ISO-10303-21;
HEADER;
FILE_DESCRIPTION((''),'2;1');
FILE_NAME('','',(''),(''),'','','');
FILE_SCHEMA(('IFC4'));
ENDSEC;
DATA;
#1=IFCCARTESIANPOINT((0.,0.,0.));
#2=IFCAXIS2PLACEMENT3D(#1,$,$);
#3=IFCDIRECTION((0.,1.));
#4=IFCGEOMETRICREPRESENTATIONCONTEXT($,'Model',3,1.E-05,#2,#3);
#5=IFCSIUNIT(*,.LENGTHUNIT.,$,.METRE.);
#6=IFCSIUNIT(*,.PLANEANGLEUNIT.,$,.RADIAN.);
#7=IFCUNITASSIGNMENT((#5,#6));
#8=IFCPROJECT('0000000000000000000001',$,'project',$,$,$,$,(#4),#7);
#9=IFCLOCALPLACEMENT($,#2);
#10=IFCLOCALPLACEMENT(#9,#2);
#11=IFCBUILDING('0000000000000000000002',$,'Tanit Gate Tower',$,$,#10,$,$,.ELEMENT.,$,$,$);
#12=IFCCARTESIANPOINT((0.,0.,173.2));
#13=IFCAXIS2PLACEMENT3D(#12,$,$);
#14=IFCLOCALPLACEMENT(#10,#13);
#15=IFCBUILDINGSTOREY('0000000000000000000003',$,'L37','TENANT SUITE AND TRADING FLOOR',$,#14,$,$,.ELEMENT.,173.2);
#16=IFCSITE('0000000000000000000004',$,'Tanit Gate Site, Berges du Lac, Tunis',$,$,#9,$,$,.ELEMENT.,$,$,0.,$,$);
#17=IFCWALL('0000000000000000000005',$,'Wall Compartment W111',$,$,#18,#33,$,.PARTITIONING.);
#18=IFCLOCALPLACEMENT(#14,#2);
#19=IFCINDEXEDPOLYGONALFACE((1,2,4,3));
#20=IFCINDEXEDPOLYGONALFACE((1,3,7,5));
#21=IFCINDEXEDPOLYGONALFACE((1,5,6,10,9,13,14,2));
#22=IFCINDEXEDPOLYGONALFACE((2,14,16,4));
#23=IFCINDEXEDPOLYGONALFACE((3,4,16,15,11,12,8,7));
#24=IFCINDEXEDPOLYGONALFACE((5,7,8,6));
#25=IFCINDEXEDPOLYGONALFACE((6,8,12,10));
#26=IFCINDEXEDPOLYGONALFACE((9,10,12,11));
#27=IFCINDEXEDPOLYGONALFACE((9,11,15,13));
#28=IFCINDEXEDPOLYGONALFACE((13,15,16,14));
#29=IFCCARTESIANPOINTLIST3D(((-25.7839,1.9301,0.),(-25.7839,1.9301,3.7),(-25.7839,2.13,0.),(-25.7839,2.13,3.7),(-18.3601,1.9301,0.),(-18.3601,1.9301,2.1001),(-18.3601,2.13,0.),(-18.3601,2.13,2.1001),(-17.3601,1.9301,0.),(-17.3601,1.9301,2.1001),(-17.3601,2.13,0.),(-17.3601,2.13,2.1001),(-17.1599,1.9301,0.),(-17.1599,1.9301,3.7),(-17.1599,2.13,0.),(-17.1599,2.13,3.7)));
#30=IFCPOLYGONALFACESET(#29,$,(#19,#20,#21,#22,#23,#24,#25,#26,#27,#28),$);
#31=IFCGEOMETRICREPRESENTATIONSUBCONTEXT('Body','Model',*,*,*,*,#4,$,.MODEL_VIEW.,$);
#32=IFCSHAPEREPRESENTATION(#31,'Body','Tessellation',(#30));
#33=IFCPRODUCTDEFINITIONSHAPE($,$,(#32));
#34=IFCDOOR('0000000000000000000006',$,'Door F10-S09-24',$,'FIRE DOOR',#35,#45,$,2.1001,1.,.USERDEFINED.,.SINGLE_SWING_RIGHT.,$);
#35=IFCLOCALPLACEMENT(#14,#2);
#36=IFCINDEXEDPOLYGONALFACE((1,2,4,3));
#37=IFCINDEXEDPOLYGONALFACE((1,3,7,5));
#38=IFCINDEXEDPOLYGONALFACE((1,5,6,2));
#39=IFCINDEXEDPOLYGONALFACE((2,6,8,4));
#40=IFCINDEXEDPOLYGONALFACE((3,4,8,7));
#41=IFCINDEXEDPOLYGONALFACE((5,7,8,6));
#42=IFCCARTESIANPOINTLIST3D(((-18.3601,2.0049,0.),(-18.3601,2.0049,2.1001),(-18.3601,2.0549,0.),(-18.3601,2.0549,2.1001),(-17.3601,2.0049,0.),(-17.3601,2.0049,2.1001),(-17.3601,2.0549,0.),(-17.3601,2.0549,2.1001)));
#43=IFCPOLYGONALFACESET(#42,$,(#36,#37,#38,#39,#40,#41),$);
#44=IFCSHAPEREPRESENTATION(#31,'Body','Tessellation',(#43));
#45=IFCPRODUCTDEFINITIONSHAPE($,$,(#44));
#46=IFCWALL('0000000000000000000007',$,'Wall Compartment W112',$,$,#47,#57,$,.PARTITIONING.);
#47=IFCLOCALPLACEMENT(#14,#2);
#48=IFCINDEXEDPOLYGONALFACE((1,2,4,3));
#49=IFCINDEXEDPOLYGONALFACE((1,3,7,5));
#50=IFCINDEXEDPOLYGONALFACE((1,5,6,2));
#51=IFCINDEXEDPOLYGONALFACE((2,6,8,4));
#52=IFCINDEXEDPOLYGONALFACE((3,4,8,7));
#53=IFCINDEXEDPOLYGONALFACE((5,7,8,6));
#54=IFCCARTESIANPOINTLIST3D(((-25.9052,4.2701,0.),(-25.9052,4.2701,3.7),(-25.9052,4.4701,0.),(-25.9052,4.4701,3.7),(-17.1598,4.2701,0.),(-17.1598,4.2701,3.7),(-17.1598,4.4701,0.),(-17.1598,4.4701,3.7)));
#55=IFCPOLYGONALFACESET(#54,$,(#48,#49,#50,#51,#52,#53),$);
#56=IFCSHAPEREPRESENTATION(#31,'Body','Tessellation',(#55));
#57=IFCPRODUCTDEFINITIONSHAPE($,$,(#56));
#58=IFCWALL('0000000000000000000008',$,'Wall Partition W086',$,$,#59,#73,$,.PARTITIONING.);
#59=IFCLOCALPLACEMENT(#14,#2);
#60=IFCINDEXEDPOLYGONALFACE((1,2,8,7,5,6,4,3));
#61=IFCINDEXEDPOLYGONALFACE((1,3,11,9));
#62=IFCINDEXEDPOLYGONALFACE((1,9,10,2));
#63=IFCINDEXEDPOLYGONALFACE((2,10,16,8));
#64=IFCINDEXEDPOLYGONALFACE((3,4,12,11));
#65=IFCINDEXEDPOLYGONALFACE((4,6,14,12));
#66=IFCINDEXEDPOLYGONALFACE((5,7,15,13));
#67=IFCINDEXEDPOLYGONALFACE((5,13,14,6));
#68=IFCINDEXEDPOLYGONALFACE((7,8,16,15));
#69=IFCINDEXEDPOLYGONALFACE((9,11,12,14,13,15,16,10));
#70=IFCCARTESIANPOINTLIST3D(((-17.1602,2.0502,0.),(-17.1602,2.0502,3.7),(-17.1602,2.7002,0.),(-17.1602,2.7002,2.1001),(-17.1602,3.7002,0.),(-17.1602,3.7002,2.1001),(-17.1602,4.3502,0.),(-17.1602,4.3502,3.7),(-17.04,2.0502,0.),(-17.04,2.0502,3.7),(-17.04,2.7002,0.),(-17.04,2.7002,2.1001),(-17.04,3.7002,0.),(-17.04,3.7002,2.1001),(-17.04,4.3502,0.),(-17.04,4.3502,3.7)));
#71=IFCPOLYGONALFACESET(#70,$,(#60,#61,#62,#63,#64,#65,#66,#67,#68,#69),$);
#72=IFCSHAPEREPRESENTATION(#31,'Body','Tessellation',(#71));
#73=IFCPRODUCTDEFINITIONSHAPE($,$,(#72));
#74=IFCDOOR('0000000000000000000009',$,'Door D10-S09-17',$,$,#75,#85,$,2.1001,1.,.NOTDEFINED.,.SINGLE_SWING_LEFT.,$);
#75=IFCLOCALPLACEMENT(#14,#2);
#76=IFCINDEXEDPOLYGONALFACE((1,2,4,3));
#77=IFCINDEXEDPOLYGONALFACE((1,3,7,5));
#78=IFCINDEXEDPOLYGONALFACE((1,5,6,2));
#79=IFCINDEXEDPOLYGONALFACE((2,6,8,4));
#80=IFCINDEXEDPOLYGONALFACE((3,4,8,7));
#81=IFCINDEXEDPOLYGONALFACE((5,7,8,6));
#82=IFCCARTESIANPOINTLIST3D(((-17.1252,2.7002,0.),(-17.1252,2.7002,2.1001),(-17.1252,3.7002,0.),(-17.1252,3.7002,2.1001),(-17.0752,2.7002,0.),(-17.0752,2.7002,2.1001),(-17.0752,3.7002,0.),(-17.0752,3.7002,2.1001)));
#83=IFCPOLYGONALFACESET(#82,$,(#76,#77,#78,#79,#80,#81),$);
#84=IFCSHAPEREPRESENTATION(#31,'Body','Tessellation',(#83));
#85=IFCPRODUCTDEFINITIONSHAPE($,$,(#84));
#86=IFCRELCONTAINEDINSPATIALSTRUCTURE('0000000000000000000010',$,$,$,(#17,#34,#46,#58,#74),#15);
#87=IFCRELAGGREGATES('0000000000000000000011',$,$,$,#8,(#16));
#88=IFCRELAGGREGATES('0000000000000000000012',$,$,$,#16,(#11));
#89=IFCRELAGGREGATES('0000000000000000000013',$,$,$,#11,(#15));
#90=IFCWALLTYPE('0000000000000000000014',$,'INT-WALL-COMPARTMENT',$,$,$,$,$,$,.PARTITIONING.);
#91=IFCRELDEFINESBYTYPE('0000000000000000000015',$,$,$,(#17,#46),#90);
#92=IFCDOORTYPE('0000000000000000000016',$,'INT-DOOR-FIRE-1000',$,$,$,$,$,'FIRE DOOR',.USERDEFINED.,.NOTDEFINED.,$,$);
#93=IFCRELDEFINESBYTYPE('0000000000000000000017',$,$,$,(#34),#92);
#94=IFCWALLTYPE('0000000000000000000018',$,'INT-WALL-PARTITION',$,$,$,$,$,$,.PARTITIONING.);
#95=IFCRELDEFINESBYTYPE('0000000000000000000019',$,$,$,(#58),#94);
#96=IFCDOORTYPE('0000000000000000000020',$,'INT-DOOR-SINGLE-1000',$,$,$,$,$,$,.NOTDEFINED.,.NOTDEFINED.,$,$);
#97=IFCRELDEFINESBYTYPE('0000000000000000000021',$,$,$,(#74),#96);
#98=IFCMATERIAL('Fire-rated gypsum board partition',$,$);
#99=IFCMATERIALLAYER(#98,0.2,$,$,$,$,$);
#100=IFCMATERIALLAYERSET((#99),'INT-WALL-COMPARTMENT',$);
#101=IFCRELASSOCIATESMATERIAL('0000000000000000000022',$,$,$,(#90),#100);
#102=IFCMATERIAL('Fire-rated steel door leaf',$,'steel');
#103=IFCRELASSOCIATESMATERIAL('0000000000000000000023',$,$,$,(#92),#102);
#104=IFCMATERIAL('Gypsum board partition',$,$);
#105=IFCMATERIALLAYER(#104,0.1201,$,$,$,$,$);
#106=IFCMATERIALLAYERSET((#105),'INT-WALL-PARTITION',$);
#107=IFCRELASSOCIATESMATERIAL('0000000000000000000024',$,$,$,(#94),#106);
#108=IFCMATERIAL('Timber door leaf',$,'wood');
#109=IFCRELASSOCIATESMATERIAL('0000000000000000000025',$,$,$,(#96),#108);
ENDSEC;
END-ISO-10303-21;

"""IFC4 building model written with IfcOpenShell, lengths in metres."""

from ifc_helpers import new_model, si_unit, direction, frame, frame_2d, origin, place, context, subcontext, project, spatial, rectangle, extrude, material, layer, layer_set, type_object, element, fill, save


model = new_model("IFC4")

# Units and contexts
model_context = context("Model", 3, precision=1e-05, world=origin(), true_north=direction((0.0, 1.0)))
body_context = subcontext(model_context, "Body", "Model", "MODEL_VIEW")
ifc_project = project(units=[si_unit("LENGTHUNIT", "METRE"), si_unit("PLANEANGLEUNIT", "RADIAN")], contexts=[model_context])

# Site, building, storey
site_placement = place(None, origin())
site = spatial("IfcSite", under=ifc_project, at=site_placement, Name="Tanit Gate Site, Berges du Lac, Tunis", CompositionType="ELEMENT", RefElevation=0.0)
building_placement = place(site_placement, origin())
building = spatial("IfcBuilding", under=site, at=building_placement, Name="Tanit Gate Tower", CompositionType="ELEMENT")
storey_placement = place(building_placement, frame((0.0, 0.0, 173.2)))
storey = spatial("IfcBuildingStorey", under=building, at=storey_placement, Name="L37", Description="TENANT SUITE AND TRADING FLOOR", CompositionType="ELEMENT", Elevation=173.2)

# Shared definitions
ifc_material_1 = material(Name="Fire-rated gypsum board partition")
ifc_layer_1 = layer(ifc_material_1, 0.2)
ifc_layer_set_1 = layer_set([ifc_layer_1], Name="INT-WALL-COMPARTMENT")
wall_type_1 = type_object("IfcWallType", Name="INT-WALL-COMPARTMENT", PredefinedType="PARTITIONING", material=ifc_layer_set_1)

# Wall, opening, door
wall_1_placement = place(storey_placement, frame((-25.7839, 2.03, 0.0), z_axis=(0.0, 0.0, 1.0), x_axis=(1.0, 0.0, 0.0)))
wall_1 = element("IfcWall", 1, at=wall_1_placement, inside=storey, type_object=wall_type_1, Name="Wall Compartment W111", PredefinedType="PARTITIONING", context=body_context, shape_type="SweptSolid", body=[
    extrude(rectangle(XDim=8.624, YDim=0.2, at=frame_2d((4.312, 0.0))), origin(), (0.0, 0.0, 1.0), 3.7),
])
opening_1_placement = place(wall_1_placement, frame((7.4238, 0.0, 0.0)))
opening_1 = element("IfcOpeningElement", 2, at=opening_1_placement, cuts=wall_1, PredefinedType="OPENING", context=body_context, shape_type="SweptSolid", body=[
    extrude(rectangle(XDim=1.0, YDim=2.1001, at=frame_2d((0.5, 1.05))), frame((0.0, 0.1099, 0.0), z_axis=(0.0, -1.0, 0.0), x_axis=(1.0, 0.0, 0.0)), (0.0, 0.0, 1.0), 0.22),
])
ifc_material_2 = material(Name="Fire-rated steel door leaf", Category="steel")
door_type_1 = type_object("IfcDoorType", Name="INT-DOOR-FIRE-1000", ElementType="FIRE DOOR", OperationType="NOTDEFINED", PredefinedType="USERDEFINED", material=ifc_material_2)
door_1_placement = place(opening_1_placement, origin())
door_1 = element("IfcDoor", 3, at=door_1_placement, inside=storey, type_object=door_type_1, Name="Door F10-S09-24", ObjectType="FIRE DOOR", OperationType="SINGLE_SWING_RIGHT", OverallHeight=2.1001, OverallWidth=1.0, PredefinedType="USERDEFINED", context=body_context, shape_type="SweptSolid", body=[
    extrude(rectangle(XDim=1.0, YDim=2.1001, at=frame_2d((0.5, 1.05))), frame((0.0, 0.0249, 0.0), z_axis=(0.0, -1.0, 0.0), x_axis=(1.0, 0.0, 0.0)), (0.0, 0.0, 1.0), 0.05),
])
fill(opening_1, door_1)

# Wall
wall_2_placement = place(storey_placement, frame((-17.1599, 4.3701, 0.0), z_axis=(0.0, 0.0, 1.0), x_axis=(-1.0, 0.0, 0.0)))
element("IfcWall", 4, at=wall_2_placement, inside=storey, type_object=wall_type_1, Name="Wall Compartment W112", PredefinedType="PARTITIONING", context=body_context, shape_type="SweptSolid", body=[
    extrude(rectangle(XDim=8.7454, YDim=0.2, at=frame_2d((4.3726, 0.0))), origin(), (0.0, 0.0, 1.0), 3.7),
])

# Wall, opening, door
ifc_material_3 = material(Name="Gypsum board partition")
ifc_layer_2 = layer(ifc_material_3, 0.1201)
ifc_layer_set_2 = layer_set([ifc_layer_2], Name="INT-WALL-PARTITION")
wall_type_2 = type_object("IfcWallType", Name="INT-WALL-PARTITION", PredefinedType="PARTITIONING", material=ifc_layer_set_2)
wall_3_placement = place(storey_placement, frame((-17.1001, 4.3501, 0.0), z_axis=(0.0, 0.0, 1.0), x_axis=(0.0, -1.0, 0.0)))
wall_3 = element("IfcWall", 5, at=wall_3_placement, inside=storey, type_object=wall_type_2, Name="Wall Partition W086", PredefinedType="PARTITIONING", context=body_context, shape_type="SweptSolid", body=[
    extrude(rectangle(XDim=2.3, YDim=0.1201, at=frame_2d((1.1499, 0.0))), origin(), (0.0, 0.0, 1.0), 3.7),
])
opening_2_placement = place(wall_3_placement, frame((0.6499, 0.0, 0.0)))
opening_2 = element("IfcOpeningElement", 6, at=opening_2_placement, cuts=wall_3, PredefinedType="OPENING", context=body_context, shape_type="SweptSolid", body=[
    extrude(rectangle(XDim=1.0, YDim=2.1001, at=frame_2d((0.5, 1.05))), frame((0.0, 0.0701, 0.0), z_axis=(0.0, -1.0, 0.0), x_axis=(1.0, 0.0, 0.0)), (0.0, 0.0, 1.0), 0.1401),
])
ifc_material_4 = material(Name="Timber door leaf", Category="wood")
door_type_2 = type_object("IfcDoorType", Name="INT-DOOR-SINGLE-1000", OperationType="NOTDEFINED", PredefinedType="NOTDEFINED", material=ifc_material_4)
door_2_placement = place(opening_2_placement, origin())
door_2 = element("IfcDoor", 7, at=door_2_placement, inside=storey, type_object=door_type_2, Name="Door D10-S09-17", OperationType="SINGLE_SWING_LEFT", OverallHeight=2.1001, OverallWidth=1.0, PredefinedType="NOTDEFINED", context=body_context, shape_type="SweptSolid", body=[
    extrude(rectangle(XDim=1.0, YDim=2.1001, at=frame_2d((0.5, 1.05))), frame((0.0, 0.0249, 0.0), z_axis=(0.0, -1.0, 0.0), x_axis=(1.0, 0.0, 0.0)), (0.0, 0.0, 1.0), 0.05),
])
fill(opening_2, door_2)

save(model, "model.ifc")
